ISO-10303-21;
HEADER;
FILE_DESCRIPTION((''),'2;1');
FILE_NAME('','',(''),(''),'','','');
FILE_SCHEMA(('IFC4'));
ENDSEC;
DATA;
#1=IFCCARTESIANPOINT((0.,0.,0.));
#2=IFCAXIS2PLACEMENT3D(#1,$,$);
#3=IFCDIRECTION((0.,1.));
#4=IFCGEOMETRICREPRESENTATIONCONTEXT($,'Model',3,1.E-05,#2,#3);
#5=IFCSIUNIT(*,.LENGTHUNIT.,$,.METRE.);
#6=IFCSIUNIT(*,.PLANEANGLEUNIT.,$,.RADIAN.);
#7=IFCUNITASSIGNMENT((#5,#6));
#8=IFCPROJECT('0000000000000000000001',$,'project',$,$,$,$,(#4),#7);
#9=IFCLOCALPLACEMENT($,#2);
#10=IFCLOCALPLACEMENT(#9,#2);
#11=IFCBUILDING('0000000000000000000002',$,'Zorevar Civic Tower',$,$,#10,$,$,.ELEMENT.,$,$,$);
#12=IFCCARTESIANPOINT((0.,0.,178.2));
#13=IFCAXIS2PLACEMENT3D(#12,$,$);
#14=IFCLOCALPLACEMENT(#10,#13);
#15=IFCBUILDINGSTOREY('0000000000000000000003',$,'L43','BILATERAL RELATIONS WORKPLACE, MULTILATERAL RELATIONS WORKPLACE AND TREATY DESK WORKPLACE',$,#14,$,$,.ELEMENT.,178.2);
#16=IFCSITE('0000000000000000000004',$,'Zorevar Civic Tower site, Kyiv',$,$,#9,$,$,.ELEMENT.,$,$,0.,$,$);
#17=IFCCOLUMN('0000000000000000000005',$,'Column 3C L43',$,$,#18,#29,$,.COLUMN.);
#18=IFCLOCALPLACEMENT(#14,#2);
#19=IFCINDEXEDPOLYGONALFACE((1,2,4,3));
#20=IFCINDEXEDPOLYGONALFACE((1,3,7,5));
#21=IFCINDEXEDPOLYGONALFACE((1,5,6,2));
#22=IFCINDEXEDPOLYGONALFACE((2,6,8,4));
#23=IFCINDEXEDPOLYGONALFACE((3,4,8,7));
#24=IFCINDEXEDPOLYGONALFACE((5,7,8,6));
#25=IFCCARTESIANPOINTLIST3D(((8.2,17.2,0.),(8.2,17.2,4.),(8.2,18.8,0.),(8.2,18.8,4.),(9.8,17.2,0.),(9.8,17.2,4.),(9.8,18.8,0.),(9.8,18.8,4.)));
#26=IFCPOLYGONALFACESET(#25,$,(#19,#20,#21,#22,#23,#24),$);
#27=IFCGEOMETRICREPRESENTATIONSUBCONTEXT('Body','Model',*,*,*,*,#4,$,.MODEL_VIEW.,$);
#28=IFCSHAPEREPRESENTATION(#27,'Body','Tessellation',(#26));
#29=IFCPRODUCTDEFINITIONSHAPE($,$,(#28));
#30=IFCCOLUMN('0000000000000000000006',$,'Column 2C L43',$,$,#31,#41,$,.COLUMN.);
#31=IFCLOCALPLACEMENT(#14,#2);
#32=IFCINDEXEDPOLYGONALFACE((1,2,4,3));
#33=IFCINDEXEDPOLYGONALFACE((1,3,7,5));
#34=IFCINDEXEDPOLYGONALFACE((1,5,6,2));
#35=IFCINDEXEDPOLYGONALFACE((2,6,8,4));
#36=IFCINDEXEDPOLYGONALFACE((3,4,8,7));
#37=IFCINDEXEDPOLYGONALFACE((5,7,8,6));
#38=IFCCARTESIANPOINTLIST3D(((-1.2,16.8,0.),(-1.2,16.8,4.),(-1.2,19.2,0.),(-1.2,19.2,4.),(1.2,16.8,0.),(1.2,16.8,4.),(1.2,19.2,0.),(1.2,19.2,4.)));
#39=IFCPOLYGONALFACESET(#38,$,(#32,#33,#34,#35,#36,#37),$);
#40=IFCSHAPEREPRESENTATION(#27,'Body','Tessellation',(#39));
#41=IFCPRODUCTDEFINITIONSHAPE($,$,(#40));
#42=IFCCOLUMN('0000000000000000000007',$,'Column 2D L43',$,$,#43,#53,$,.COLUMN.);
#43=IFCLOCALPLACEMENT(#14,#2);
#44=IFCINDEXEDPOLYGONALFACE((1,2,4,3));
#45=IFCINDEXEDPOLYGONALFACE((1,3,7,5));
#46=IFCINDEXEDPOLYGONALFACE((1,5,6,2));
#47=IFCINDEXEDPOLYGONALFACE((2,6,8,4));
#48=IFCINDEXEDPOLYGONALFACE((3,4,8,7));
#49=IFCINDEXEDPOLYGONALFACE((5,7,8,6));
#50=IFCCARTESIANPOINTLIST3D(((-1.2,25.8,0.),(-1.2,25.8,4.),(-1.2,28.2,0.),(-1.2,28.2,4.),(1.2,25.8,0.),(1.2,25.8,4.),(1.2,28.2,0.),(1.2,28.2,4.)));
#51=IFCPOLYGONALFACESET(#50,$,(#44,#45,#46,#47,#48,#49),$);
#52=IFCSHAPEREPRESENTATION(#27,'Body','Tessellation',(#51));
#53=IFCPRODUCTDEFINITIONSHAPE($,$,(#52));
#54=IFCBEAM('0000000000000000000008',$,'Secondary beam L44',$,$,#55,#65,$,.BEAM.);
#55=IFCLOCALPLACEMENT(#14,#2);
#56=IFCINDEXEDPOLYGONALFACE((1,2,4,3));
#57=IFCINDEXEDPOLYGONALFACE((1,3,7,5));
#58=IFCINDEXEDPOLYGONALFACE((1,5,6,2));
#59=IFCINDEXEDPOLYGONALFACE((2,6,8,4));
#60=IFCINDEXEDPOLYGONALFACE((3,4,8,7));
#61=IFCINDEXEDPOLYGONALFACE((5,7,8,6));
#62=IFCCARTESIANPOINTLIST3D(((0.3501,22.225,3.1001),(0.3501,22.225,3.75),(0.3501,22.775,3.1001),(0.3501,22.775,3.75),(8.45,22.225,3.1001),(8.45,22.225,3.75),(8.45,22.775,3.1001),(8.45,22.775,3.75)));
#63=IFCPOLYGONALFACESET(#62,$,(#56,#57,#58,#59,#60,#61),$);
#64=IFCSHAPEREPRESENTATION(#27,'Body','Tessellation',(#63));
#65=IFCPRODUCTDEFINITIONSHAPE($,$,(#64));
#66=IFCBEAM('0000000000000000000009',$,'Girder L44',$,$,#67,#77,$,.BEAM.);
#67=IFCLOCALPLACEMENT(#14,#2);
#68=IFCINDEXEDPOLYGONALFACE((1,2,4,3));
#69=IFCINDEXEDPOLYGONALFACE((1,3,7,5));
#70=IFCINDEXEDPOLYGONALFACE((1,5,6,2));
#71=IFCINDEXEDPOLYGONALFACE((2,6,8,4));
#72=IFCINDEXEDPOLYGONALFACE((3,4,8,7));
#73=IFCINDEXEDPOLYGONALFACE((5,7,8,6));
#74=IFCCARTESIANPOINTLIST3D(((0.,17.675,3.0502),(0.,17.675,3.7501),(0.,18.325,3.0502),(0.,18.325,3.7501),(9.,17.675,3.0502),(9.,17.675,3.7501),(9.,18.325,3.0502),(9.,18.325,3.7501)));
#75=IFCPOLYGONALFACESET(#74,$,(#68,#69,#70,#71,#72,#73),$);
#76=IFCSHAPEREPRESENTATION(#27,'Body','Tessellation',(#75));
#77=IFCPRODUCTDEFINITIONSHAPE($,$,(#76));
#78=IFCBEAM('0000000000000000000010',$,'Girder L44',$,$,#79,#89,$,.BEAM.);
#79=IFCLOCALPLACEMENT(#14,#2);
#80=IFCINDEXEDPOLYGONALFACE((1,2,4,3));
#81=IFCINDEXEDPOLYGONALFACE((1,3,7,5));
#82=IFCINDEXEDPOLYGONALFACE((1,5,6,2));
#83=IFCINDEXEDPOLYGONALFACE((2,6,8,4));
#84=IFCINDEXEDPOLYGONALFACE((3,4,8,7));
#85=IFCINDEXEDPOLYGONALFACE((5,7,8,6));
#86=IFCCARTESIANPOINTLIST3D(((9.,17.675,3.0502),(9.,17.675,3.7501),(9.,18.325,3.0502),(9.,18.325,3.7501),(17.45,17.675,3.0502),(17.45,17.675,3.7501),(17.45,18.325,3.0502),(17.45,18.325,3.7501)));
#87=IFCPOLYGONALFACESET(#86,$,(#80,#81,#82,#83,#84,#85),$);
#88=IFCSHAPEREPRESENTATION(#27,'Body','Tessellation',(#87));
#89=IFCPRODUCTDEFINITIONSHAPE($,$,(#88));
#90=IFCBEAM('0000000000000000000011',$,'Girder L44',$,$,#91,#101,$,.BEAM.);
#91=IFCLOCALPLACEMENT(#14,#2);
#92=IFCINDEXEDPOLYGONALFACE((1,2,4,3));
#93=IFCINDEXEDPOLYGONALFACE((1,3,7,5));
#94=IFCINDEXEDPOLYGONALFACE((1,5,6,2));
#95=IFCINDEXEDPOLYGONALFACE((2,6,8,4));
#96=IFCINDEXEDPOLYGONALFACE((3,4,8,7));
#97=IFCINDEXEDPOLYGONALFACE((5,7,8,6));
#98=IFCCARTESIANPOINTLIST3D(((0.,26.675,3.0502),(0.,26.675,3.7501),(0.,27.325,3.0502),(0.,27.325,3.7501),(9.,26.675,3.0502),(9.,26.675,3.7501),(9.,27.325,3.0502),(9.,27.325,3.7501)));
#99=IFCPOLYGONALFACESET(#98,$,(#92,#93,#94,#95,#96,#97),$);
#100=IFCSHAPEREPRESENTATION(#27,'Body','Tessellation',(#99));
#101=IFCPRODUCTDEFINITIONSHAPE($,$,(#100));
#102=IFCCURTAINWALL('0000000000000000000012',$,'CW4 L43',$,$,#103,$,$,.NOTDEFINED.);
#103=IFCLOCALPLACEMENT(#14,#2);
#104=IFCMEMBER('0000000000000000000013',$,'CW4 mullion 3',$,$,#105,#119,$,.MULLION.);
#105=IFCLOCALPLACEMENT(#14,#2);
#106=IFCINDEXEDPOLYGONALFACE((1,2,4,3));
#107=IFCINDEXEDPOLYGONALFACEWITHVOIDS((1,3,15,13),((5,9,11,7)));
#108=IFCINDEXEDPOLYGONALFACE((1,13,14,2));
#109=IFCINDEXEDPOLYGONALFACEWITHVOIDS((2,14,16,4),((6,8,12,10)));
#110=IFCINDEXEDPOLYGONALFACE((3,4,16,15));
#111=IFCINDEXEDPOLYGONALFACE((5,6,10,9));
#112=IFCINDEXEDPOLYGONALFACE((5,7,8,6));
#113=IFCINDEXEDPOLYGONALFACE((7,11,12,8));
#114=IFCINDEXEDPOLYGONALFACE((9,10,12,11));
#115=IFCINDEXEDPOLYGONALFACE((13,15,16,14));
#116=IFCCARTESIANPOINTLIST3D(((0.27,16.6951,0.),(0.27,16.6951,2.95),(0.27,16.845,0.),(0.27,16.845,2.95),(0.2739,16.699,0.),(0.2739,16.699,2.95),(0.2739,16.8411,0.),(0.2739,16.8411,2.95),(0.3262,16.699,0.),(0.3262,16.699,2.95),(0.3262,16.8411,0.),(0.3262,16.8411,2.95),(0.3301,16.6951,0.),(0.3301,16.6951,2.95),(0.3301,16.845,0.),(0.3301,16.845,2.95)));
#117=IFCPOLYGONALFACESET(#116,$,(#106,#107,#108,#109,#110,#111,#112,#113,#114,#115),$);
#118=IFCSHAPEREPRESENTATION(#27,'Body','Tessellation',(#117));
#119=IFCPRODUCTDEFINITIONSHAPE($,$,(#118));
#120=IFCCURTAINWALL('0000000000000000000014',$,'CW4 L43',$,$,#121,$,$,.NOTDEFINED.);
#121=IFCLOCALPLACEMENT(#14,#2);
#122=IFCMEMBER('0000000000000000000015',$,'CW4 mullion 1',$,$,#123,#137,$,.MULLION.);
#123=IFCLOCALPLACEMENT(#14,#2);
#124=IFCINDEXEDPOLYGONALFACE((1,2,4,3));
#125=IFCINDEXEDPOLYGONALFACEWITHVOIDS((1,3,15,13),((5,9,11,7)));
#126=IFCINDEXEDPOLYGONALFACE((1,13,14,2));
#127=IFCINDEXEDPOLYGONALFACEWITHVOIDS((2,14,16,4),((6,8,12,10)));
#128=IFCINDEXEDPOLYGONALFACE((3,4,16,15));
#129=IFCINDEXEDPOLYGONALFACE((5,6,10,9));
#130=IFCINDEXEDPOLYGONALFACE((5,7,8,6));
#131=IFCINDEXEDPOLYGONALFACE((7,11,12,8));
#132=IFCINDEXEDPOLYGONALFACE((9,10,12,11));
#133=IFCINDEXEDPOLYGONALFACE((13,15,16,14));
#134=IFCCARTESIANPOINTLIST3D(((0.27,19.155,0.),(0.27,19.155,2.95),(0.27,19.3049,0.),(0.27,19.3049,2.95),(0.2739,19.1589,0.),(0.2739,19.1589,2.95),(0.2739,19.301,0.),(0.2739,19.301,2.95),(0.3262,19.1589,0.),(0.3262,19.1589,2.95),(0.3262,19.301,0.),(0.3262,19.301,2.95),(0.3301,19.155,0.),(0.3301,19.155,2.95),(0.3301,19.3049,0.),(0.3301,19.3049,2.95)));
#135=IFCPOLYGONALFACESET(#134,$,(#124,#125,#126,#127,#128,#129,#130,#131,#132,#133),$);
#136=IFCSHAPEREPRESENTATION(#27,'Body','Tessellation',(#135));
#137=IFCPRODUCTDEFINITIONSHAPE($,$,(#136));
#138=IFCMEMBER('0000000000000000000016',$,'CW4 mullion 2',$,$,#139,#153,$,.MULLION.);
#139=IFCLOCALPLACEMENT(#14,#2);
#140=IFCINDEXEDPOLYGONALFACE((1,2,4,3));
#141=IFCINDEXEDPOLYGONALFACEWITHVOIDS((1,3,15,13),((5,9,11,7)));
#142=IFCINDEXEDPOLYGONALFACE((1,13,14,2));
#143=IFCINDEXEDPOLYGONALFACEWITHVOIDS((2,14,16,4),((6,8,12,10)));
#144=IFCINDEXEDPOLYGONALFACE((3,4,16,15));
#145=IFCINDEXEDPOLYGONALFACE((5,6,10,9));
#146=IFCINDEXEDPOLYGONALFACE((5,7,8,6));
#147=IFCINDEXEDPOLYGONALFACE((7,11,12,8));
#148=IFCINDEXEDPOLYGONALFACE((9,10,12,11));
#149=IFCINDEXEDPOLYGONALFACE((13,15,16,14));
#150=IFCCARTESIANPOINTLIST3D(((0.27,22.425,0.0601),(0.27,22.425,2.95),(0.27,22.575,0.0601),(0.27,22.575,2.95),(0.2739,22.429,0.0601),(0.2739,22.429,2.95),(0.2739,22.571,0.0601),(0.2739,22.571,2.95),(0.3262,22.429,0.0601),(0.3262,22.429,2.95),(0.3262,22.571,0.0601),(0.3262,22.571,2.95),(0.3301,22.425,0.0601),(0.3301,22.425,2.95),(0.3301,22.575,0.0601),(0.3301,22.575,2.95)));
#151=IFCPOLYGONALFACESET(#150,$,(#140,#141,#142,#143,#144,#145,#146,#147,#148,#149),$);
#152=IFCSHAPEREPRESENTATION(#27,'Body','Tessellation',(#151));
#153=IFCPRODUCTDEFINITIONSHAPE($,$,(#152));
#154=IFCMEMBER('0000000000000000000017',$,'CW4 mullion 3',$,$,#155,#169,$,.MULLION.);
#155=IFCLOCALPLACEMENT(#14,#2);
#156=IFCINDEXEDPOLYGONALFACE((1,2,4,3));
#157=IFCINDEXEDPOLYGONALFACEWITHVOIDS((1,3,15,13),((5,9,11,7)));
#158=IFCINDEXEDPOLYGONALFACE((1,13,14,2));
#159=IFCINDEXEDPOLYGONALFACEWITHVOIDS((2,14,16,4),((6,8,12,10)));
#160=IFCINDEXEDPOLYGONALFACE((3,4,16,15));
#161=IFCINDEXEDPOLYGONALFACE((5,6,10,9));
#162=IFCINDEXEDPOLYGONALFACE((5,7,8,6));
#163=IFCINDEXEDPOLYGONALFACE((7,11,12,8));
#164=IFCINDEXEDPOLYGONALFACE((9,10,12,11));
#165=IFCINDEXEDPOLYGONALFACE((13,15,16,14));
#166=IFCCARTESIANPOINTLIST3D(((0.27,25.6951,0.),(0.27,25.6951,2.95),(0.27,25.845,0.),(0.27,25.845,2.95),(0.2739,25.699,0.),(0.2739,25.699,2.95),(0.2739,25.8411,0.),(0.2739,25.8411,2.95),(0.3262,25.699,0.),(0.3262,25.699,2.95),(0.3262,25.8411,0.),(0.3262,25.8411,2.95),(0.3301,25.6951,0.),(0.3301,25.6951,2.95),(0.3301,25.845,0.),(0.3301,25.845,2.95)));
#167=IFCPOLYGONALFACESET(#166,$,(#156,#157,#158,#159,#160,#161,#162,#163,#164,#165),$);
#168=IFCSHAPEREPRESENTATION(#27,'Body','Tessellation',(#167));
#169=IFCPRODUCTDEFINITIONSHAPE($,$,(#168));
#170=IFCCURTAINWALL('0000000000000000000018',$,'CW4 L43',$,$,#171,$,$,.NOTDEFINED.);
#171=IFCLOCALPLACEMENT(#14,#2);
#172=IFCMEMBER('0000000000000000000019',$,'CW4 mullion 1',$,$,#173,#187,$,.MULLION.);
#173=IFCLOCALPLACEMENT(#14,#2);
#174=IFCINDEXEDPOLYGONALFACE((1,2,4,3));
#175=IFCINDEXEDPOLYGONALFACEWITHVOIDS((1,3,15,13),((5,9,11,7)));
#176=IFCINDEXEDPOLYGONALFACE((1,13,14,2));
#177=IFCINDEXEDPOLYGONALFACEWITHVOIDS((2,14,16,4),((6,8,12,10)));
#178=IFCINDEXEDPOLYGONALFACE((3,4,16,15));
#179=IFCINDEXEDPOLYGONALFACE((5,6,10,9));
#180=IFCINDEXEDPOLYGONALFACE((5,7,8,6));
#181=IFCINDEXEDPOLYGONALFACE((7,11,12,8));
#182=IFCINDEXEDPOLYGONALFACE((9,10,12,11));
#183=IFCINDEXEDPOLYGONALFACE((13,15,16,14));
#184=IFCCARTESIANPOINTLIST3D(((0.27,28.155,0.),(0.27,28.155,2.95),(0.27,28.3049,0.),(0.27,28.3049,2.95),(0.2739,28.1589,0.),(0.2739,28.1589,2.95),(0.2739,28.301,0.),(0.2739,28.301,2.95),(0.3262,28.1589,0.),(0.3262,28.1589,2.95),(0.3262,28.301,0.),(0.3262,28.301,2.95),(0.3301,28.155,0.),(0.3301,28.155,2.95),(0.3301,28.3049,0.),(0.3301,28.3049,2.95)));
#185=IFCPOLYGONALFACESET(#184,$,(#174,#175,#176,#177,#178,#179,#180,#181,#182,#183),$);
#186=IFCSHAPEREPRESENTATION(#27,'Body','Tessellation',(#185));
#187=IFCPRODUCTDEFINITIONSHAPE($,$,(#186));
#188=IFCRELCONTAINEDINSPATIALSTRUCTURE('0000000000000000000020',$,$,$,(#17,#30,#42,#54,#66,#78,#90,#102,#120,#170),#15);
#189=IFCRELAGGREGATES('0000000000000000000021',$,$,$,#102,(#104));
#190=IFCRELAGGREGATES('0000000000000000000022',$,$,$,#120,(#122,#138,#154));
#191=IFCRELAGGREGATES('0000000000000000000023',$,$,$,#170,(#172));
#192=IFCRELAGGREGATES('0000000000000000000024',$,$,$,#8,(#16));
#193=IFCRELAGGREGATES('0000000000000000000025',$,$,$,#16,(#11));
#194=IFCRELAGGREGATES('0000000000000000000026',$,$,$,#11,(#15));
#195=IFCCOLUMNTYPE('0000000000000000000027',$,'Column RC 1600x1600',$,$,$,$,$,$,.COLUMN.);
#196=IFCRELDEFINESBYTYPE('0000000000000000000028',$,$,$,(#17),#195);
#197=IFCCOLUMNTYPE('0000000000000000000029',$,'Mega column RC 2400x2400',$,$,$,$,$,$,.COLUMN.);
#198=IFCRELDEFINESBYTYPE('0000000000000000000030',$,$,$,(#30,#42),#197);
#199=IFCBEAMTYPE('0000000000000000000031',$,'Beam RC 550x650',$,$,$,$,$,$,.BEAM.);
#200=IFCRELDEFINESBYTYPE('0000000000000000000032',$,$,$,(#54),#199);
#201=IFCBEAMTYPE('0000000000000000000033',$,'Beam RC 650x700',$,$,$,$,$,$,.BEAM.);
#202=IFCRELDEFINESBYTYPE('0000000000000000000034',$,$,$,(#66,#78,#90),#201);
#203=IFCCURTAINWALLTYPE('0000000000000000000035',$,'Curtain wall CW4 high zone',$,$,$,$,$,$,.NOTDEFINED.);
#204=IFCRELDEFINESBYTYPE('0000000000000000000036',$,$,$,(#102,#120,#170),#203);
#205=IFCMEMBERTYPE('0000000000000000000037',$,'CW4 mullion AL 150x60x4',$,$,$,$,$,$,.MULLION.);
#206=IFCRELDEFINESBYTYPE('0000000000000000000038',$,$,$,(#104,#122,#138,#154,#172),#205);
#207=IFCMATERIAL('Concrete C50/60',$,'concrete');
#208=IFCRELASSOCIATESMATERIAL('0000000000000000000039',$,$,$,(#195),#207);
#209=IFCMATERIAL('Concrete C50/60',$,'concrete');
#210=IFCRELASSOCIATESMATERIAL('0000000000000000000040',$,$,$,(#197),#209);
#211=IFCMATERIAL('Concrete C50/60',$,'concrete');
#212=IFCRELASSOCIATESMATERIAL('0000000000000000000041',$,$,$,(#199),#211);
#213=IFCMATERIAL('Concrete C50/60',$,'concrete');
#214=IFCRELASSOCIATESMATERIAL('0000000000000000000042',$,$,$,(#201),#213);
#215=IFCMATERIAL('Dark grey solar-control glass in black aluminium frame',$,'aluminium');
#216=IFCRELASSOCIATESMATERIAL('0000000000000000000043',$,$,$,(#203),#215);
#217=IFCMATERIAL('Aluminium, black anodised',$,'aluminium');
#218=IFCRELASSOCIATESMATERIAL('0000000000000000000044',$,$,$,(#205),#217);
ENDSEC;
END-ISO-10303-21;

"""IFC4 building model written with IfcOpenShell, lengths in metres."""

from ifc_helpers import new_model, si_unit, direction, frame, origin, origin_2d, place, context, subcontext, project, spatial, rectangle, hollow_rectangle, extrude, material, material_profile, profile_set, type_object, element, aggregate, save


model = new_model("IFC4")

# Units and contexts
model_context = context("Model", 3, precision=1e-05, world=origin(), true_north=direction((0.0, 1.0)))
body_context = subcontext(model_context, "Body", "Model", "MODEL_VIEW")
ifc_project = project(units=[si_unit("LENGTHUNIT", "METRE"), si_unit("PLANEANGLEUNIT", "RADIAN")], contexts=[model_context])

# Site, building, storey
site_placement = place(None, origin())
site = spatial("IfcSite", under=ifc_project, at=site_placement, Name="Zorevar Civic Tower site, Kyiv", CompositionType="ELEMENT", RefElevation=0.0)
building_placement = place(site_placement, origin())
building = spatial("IfcBuilding", under=site, at=building_placement, Name="Zorevar Civic Tower", CompositionType="ELEMENT")
storey_placement = place(building_placement, frame((0.0, 0.0, 178.2)))
storey = spatial("IfcBuildingStorey", under=building, at=storey_placement, Name="L43", Description="BILATERAL RELATIONS WORKPLACE, MULTILATERAL RELATIONS WORKPLACE AND TREATY DESK WORKPLACE", CompositionType="ELEMENT", Elevation=178.2)

# Columns
ifc_material_1 = material(Name="Concrete C50/60", Category="concrete")
ifc_material_profile_1 = material_profile(ifc_material_1, rectangle(XDim=1.6001, YDim=1.6001, at=origin_2d()), Name="RC 1600x1600")
ifc_profile_set_1 = profile_set([ifc_material_profile_1], Name="Concrete C50/60")
column_type_1 = type_object("IfcColumnType", Name="Column RC 1600x1600", PredefinedType="COLUMN", material=ifc_profile_set_1)
column_placement = place(storey_placement, frame((9.0, 18.0, 0.0), z_axis=(0.0, 0.0, 1.0), x_axis=(1.0, 0.0, 0.0)))
element("IfcColumn", 1, at=column_placement, inside=storey, type_object=column_type_1, Name="Column 3C L43", PredefinedType="COLUMN", context=body_context, shape_type="SweptSolid", body=[
    extrude(rectangle(XDim=1.6001, YDim=1.6001, at=origin_2d()), origin(), (0.0, 0.0, 1.0), 4.0),
])
ifc_material_2 = material(Name="Concrete C50/60", Category="concrete")
ifc_material_profile_2 = material_profile(ifc_material_2, rectangle(XDim=2.3999, YDim=2.3999, at=origin_2d()), Name="RC 2400x2400")
ifc_profile_set_2 = profile_set([ifc_material_profile_2], Name="Concrete C50/60")
column_type_2 = type_object("IfcColumnType", Name="Mega column RC 2400x2400", PredefinedType="COLUMN", material=ifc_profile_set_2)
for number, where, z_axis, x_axis, name in (
    (2, (0.0, 18.0, 0.0), (0.0, 0.0, 1.0), (1.0, 0.0, 0.0), "Column 2C L43"),
    (3, (0.0, 27.0, 0.0), (0.0, 0.0, 1.0), (1.0, 0.0, 0.0), "Column 2D L43"),
):
    element("IfcColumn", number, at=place(storey_placement, frame(where, z_axis=z_axis, x_axis=x_axis)), inside=storey, type_object=column_type_2, Name=name, PredefinedType="COLUMN", context=body_context, shape_type="SweptSolid", body=[
        extrude(rectangle(XDim=2.3999, YDim=2.3999, at=origin_2d()), origin(), (0.0, 0.0, 1.0), 4.0),
    ])

# Beams
ifc_material_3 = material(Name="Concrete C50/60", Category="concrete")
ifc_material_profile_3 = material_profile(ifc_material_3, rectangle(XDim=0.55, YDim=0.6499, at=origin_2d()), Name="RC 550x650")
ifc_profile_set_3 = profile_set([ifc_material_profile_3], Name="Concrete C50/60")
beam_type_1 = type_object("IfcBeamType", Name="Beam RC 550x650", PredefinedType="BEAM", material=ifc_profile_set_3)
beam_1_placement = place(storey_placement, frame((0.3501, 22.5, 3.425), z_axis=(1.0, 0.0, 0.0), x_axis=(0.0, 1.0, 0.0)))
element("IfcBeam", 4, at=beam_1_placement, inside=storey, type_object=beam_type_1, Name="Secondary beam L44", PredefinedType="BEAM", context=body_context, shape_type="SweptSolid", body=[
    extrude(rectangle(XDim=0.55, YDim=0.6499, at=origin_2d()), origin(), (0.0, 0.0, 1.0), 8.0999),
])
ifc_material_4 = material(Name="Concrete C50/60", Category="concrete")
ifc_material_profile_4 = material_profile(ifc_material_4, rectangle(XDim=0.6499, YDim=0.7, at=origin_2d()), Name="RC 650x700")
ifc_profile_set_4 = profile_set([ifc_material_profile_4], Name="Concrete C50/60")
beam_type_2 = type_object("IfcBeamType", Name="Beam RC 650x700", PredefinedType="BEAM", material=ifc_profile_set_4)
beam_2_placement = place(storey_placement, frame((0.0, 18.0, 3.4001), z_axis=(1.0, 0.0, 0.0), x_axis=(0.0, 1.0, 0.0)))
element("IfcBeam", 5, at=beam_2_placement, inside=storey, type_object=beam_type_2, Name="Girder L44", PredefinedType="BEAM", context=body_context, shape_type="SweptSolid", body=[
    extrude(rectangle(XDim=0.6499, YDim=0.7, at=origin_2d()), origin(), (0.0, 0.0, 1.0), 9.0),
])
beam_3_placement = place(storey_placement, frame((9.0, 18.0, 3.4001), z_axis=(1.0, 0.0, 0.0), x_axis=(0.0, 1.0, 0.0)))
element("IfcBeam", 6, at=beam_3_placement, inside=storey, type_object=beam_type_2, Name="Girder L44", PredefinedType="BEAM", context=body_context, shape_type="SweptSolid", body=[
    extrude(rectangle(XDim=0.6499, YDim=0.7, at=origin_2d()), origin(), (0.0, 0.0, 1.0), 8.45),
])
beam_4_placement = place(storey_placement, frame((0.0, 27.0, 3.4001), z_axis=(1.0, 0.0, 0.0), x_axis=(0.0, 1.0, 0.0)))
element("IfcBeam", 7, at=beam_4_placement, inside=storey, type_object=beam_type_2, Name="Girder L44", PredefinedType="BEAM", context=body_context, shape_type="SweptSolid", body=[
    extrude(rectangle(XDim=0.6499, YDim=0.7, at=origin_2d()), origin(), (0.0, 0.0, 1.0), 9.0),
])

# Curtain wall, member
ifc_material_5 = material(Name="Dark grey solar-control glass in black aluminium frame", Category="aluminium")
curtain_wall_type = type_object("IfcCurtainWallType", Name="Curtain wall CW4 high zone", PredefinedType="NOTDEFINED", material=ifc_material_5)
curtain_wall_1_placement = place(storey_placement, origin())
curtain_wall_1 = element("IfcCurtainWall", 8, at=curtain_wall_1_placement, inside=storey, type_object=curtain_wall_type, Name="CW4 L43", PredefinedType="NOTDEFINED")
ifc_material_6 = material(Name="Aluminium, black anodised", Category="aluminium")
ifc_material_profile_5 = material_profile(ifc_material_6, hollow_rectangle(XDim=0.0601, YDim=0.1499, WallThickness=0.0039, at=origin_2d()), Name="AL 150x60x4")
ifc_profile_set_5 = profile_set([ifc_material_profile_5], Name="Aluminium, black anodised")
member_type_1 = type_object("IfcMemberType", Name="CW4 mullion AL 150x60x4", PredefinedType="MULLION", material=ifc_profile_set_5)
member_1_placement = place(storey_placement, frame((0.3, 16.77, 0.0), z_axis=(0.0, 0.0, 1.0), x_axis=(-1.0, 0.0, 0.0)))
member_1 = element("IfcMember", 9, at=member_1_placement, type_object=member_type_1, Name="CW4 mullion 3", PredefinedType="MULLION", context=body_context, shape_type="SweptSolid", body=[
    extrude(hollow_rectangle(XDim=0.0601, YDim=0.1499, WallThickness=0.0039, at=origin_2d()), origin(), (0.0, 0.0, 1.0), 2.95),
])

# Curtain wall, members
curtain_wall_2_placement = place(storey_placement, origin())
curtain_wall_2 = element("IfcCurtainWall", 10, at=curtain_wall_2_placement, inside=storey, type_object=curtain_wall_type, Name="CW4 L43", PredefinedType="NOTDEFINED")
member_2_placement = place(storey_placement, frame((0.3, 19.23, 0.0), z_axis=(0.0, 0.0, 1.0), x_axis=(-1.0, 0.0, 0.0)))
member_2 = element("IfcMember", 11, at=member_2_placement, type_object=member_type_1, Name="CW4 mullion 1", PredefinedType="MULLION", context=body_context, shape_type="SweptSolid", body=[
    extrude(hollow_rectangle(XDim=0.0601, YDim=0.1499, WallThickness=0.0039, at=origin_2d()), origin(), (0.0, 0.0, 1.0), 2.95),
])
member_3_placement = place(storey_placement, frame((0.3, 22.5, 0.0601), z_axis=(0.0, 0.0, 1.0), x_axis=(-1.0, 0.0, 0.0)))
member_3 = element("IfcMember", 12, at=member_3_placement, type_object=member_type_1, Name="CW4 mullion 2", PredefinedType="MULLION", context=body_context, shape_type="SweptSolid", body=[
    extrude(hollow_rectangle(XDim=0.0601, YDim=0.1499, WallThickness=0.0039, at=origin_2d()), origin(), (0.0, 0.0, 1.0), 2.8899),
])
member_4_placement = place(storey_placement, frame((0.3, 25.77, 0.0), z_axis=(0.0, 0.0, 1.0), x_axis=(-1.0, 0.0, 0.0)))
member_4 = element("IfcMember", 13, at=member_4_placement, type_object=member_type_1, Name="CW4 mullion 3", PredefinedType="MULLION", context=body_context, shape_type="SweptSolid", body=[
    extrude(hollow_rectangle(XDim=0.0601, YDim=0.1499, WallThickness=0.0039, at=origin_2d()), origin(), (0.0, 0.0, 1.0), 2.95),
])

# Curtain wall, member
curtain_wall_3_placement = place(storey_placement, origin())
curtain_wall_3 = element("IfcCurtainWall", 14, at=curtain_wall_3_placement, inside=storey, type_object=curtain_wall_type, Name="CW4 L43", PredefinedType="NOTDEFINED")
member_5_placement = place(storey_placement, frame((0.3, 28.23, 0.0), z_axis=(0.0, 0.0, 1.0), x_axis=(-1.0, 0.0, 0.0)))
member_5 = element("IfcMember", 15, at=member_5_placement, type_object=member_type_1, Name="CW4 mullion 1", PredefinedType="MULLION", context=body_context, shape_type="SweptSolid", body=[
    extrude(hollow_rectangle(XDim=0.0601, YDim=0.1499, WallThickness=0.0039, at=origin_2d()), origin(), (0.0, 0.0, 1.0), 2.95),
])

aggregate(curtain_wall_1, [member_1])
aggregate(curtain_wall_2, [member_2, member_3, member_4])
aggregate(curtain_wall_3, [member_5])

save(model, "model.ifc")
